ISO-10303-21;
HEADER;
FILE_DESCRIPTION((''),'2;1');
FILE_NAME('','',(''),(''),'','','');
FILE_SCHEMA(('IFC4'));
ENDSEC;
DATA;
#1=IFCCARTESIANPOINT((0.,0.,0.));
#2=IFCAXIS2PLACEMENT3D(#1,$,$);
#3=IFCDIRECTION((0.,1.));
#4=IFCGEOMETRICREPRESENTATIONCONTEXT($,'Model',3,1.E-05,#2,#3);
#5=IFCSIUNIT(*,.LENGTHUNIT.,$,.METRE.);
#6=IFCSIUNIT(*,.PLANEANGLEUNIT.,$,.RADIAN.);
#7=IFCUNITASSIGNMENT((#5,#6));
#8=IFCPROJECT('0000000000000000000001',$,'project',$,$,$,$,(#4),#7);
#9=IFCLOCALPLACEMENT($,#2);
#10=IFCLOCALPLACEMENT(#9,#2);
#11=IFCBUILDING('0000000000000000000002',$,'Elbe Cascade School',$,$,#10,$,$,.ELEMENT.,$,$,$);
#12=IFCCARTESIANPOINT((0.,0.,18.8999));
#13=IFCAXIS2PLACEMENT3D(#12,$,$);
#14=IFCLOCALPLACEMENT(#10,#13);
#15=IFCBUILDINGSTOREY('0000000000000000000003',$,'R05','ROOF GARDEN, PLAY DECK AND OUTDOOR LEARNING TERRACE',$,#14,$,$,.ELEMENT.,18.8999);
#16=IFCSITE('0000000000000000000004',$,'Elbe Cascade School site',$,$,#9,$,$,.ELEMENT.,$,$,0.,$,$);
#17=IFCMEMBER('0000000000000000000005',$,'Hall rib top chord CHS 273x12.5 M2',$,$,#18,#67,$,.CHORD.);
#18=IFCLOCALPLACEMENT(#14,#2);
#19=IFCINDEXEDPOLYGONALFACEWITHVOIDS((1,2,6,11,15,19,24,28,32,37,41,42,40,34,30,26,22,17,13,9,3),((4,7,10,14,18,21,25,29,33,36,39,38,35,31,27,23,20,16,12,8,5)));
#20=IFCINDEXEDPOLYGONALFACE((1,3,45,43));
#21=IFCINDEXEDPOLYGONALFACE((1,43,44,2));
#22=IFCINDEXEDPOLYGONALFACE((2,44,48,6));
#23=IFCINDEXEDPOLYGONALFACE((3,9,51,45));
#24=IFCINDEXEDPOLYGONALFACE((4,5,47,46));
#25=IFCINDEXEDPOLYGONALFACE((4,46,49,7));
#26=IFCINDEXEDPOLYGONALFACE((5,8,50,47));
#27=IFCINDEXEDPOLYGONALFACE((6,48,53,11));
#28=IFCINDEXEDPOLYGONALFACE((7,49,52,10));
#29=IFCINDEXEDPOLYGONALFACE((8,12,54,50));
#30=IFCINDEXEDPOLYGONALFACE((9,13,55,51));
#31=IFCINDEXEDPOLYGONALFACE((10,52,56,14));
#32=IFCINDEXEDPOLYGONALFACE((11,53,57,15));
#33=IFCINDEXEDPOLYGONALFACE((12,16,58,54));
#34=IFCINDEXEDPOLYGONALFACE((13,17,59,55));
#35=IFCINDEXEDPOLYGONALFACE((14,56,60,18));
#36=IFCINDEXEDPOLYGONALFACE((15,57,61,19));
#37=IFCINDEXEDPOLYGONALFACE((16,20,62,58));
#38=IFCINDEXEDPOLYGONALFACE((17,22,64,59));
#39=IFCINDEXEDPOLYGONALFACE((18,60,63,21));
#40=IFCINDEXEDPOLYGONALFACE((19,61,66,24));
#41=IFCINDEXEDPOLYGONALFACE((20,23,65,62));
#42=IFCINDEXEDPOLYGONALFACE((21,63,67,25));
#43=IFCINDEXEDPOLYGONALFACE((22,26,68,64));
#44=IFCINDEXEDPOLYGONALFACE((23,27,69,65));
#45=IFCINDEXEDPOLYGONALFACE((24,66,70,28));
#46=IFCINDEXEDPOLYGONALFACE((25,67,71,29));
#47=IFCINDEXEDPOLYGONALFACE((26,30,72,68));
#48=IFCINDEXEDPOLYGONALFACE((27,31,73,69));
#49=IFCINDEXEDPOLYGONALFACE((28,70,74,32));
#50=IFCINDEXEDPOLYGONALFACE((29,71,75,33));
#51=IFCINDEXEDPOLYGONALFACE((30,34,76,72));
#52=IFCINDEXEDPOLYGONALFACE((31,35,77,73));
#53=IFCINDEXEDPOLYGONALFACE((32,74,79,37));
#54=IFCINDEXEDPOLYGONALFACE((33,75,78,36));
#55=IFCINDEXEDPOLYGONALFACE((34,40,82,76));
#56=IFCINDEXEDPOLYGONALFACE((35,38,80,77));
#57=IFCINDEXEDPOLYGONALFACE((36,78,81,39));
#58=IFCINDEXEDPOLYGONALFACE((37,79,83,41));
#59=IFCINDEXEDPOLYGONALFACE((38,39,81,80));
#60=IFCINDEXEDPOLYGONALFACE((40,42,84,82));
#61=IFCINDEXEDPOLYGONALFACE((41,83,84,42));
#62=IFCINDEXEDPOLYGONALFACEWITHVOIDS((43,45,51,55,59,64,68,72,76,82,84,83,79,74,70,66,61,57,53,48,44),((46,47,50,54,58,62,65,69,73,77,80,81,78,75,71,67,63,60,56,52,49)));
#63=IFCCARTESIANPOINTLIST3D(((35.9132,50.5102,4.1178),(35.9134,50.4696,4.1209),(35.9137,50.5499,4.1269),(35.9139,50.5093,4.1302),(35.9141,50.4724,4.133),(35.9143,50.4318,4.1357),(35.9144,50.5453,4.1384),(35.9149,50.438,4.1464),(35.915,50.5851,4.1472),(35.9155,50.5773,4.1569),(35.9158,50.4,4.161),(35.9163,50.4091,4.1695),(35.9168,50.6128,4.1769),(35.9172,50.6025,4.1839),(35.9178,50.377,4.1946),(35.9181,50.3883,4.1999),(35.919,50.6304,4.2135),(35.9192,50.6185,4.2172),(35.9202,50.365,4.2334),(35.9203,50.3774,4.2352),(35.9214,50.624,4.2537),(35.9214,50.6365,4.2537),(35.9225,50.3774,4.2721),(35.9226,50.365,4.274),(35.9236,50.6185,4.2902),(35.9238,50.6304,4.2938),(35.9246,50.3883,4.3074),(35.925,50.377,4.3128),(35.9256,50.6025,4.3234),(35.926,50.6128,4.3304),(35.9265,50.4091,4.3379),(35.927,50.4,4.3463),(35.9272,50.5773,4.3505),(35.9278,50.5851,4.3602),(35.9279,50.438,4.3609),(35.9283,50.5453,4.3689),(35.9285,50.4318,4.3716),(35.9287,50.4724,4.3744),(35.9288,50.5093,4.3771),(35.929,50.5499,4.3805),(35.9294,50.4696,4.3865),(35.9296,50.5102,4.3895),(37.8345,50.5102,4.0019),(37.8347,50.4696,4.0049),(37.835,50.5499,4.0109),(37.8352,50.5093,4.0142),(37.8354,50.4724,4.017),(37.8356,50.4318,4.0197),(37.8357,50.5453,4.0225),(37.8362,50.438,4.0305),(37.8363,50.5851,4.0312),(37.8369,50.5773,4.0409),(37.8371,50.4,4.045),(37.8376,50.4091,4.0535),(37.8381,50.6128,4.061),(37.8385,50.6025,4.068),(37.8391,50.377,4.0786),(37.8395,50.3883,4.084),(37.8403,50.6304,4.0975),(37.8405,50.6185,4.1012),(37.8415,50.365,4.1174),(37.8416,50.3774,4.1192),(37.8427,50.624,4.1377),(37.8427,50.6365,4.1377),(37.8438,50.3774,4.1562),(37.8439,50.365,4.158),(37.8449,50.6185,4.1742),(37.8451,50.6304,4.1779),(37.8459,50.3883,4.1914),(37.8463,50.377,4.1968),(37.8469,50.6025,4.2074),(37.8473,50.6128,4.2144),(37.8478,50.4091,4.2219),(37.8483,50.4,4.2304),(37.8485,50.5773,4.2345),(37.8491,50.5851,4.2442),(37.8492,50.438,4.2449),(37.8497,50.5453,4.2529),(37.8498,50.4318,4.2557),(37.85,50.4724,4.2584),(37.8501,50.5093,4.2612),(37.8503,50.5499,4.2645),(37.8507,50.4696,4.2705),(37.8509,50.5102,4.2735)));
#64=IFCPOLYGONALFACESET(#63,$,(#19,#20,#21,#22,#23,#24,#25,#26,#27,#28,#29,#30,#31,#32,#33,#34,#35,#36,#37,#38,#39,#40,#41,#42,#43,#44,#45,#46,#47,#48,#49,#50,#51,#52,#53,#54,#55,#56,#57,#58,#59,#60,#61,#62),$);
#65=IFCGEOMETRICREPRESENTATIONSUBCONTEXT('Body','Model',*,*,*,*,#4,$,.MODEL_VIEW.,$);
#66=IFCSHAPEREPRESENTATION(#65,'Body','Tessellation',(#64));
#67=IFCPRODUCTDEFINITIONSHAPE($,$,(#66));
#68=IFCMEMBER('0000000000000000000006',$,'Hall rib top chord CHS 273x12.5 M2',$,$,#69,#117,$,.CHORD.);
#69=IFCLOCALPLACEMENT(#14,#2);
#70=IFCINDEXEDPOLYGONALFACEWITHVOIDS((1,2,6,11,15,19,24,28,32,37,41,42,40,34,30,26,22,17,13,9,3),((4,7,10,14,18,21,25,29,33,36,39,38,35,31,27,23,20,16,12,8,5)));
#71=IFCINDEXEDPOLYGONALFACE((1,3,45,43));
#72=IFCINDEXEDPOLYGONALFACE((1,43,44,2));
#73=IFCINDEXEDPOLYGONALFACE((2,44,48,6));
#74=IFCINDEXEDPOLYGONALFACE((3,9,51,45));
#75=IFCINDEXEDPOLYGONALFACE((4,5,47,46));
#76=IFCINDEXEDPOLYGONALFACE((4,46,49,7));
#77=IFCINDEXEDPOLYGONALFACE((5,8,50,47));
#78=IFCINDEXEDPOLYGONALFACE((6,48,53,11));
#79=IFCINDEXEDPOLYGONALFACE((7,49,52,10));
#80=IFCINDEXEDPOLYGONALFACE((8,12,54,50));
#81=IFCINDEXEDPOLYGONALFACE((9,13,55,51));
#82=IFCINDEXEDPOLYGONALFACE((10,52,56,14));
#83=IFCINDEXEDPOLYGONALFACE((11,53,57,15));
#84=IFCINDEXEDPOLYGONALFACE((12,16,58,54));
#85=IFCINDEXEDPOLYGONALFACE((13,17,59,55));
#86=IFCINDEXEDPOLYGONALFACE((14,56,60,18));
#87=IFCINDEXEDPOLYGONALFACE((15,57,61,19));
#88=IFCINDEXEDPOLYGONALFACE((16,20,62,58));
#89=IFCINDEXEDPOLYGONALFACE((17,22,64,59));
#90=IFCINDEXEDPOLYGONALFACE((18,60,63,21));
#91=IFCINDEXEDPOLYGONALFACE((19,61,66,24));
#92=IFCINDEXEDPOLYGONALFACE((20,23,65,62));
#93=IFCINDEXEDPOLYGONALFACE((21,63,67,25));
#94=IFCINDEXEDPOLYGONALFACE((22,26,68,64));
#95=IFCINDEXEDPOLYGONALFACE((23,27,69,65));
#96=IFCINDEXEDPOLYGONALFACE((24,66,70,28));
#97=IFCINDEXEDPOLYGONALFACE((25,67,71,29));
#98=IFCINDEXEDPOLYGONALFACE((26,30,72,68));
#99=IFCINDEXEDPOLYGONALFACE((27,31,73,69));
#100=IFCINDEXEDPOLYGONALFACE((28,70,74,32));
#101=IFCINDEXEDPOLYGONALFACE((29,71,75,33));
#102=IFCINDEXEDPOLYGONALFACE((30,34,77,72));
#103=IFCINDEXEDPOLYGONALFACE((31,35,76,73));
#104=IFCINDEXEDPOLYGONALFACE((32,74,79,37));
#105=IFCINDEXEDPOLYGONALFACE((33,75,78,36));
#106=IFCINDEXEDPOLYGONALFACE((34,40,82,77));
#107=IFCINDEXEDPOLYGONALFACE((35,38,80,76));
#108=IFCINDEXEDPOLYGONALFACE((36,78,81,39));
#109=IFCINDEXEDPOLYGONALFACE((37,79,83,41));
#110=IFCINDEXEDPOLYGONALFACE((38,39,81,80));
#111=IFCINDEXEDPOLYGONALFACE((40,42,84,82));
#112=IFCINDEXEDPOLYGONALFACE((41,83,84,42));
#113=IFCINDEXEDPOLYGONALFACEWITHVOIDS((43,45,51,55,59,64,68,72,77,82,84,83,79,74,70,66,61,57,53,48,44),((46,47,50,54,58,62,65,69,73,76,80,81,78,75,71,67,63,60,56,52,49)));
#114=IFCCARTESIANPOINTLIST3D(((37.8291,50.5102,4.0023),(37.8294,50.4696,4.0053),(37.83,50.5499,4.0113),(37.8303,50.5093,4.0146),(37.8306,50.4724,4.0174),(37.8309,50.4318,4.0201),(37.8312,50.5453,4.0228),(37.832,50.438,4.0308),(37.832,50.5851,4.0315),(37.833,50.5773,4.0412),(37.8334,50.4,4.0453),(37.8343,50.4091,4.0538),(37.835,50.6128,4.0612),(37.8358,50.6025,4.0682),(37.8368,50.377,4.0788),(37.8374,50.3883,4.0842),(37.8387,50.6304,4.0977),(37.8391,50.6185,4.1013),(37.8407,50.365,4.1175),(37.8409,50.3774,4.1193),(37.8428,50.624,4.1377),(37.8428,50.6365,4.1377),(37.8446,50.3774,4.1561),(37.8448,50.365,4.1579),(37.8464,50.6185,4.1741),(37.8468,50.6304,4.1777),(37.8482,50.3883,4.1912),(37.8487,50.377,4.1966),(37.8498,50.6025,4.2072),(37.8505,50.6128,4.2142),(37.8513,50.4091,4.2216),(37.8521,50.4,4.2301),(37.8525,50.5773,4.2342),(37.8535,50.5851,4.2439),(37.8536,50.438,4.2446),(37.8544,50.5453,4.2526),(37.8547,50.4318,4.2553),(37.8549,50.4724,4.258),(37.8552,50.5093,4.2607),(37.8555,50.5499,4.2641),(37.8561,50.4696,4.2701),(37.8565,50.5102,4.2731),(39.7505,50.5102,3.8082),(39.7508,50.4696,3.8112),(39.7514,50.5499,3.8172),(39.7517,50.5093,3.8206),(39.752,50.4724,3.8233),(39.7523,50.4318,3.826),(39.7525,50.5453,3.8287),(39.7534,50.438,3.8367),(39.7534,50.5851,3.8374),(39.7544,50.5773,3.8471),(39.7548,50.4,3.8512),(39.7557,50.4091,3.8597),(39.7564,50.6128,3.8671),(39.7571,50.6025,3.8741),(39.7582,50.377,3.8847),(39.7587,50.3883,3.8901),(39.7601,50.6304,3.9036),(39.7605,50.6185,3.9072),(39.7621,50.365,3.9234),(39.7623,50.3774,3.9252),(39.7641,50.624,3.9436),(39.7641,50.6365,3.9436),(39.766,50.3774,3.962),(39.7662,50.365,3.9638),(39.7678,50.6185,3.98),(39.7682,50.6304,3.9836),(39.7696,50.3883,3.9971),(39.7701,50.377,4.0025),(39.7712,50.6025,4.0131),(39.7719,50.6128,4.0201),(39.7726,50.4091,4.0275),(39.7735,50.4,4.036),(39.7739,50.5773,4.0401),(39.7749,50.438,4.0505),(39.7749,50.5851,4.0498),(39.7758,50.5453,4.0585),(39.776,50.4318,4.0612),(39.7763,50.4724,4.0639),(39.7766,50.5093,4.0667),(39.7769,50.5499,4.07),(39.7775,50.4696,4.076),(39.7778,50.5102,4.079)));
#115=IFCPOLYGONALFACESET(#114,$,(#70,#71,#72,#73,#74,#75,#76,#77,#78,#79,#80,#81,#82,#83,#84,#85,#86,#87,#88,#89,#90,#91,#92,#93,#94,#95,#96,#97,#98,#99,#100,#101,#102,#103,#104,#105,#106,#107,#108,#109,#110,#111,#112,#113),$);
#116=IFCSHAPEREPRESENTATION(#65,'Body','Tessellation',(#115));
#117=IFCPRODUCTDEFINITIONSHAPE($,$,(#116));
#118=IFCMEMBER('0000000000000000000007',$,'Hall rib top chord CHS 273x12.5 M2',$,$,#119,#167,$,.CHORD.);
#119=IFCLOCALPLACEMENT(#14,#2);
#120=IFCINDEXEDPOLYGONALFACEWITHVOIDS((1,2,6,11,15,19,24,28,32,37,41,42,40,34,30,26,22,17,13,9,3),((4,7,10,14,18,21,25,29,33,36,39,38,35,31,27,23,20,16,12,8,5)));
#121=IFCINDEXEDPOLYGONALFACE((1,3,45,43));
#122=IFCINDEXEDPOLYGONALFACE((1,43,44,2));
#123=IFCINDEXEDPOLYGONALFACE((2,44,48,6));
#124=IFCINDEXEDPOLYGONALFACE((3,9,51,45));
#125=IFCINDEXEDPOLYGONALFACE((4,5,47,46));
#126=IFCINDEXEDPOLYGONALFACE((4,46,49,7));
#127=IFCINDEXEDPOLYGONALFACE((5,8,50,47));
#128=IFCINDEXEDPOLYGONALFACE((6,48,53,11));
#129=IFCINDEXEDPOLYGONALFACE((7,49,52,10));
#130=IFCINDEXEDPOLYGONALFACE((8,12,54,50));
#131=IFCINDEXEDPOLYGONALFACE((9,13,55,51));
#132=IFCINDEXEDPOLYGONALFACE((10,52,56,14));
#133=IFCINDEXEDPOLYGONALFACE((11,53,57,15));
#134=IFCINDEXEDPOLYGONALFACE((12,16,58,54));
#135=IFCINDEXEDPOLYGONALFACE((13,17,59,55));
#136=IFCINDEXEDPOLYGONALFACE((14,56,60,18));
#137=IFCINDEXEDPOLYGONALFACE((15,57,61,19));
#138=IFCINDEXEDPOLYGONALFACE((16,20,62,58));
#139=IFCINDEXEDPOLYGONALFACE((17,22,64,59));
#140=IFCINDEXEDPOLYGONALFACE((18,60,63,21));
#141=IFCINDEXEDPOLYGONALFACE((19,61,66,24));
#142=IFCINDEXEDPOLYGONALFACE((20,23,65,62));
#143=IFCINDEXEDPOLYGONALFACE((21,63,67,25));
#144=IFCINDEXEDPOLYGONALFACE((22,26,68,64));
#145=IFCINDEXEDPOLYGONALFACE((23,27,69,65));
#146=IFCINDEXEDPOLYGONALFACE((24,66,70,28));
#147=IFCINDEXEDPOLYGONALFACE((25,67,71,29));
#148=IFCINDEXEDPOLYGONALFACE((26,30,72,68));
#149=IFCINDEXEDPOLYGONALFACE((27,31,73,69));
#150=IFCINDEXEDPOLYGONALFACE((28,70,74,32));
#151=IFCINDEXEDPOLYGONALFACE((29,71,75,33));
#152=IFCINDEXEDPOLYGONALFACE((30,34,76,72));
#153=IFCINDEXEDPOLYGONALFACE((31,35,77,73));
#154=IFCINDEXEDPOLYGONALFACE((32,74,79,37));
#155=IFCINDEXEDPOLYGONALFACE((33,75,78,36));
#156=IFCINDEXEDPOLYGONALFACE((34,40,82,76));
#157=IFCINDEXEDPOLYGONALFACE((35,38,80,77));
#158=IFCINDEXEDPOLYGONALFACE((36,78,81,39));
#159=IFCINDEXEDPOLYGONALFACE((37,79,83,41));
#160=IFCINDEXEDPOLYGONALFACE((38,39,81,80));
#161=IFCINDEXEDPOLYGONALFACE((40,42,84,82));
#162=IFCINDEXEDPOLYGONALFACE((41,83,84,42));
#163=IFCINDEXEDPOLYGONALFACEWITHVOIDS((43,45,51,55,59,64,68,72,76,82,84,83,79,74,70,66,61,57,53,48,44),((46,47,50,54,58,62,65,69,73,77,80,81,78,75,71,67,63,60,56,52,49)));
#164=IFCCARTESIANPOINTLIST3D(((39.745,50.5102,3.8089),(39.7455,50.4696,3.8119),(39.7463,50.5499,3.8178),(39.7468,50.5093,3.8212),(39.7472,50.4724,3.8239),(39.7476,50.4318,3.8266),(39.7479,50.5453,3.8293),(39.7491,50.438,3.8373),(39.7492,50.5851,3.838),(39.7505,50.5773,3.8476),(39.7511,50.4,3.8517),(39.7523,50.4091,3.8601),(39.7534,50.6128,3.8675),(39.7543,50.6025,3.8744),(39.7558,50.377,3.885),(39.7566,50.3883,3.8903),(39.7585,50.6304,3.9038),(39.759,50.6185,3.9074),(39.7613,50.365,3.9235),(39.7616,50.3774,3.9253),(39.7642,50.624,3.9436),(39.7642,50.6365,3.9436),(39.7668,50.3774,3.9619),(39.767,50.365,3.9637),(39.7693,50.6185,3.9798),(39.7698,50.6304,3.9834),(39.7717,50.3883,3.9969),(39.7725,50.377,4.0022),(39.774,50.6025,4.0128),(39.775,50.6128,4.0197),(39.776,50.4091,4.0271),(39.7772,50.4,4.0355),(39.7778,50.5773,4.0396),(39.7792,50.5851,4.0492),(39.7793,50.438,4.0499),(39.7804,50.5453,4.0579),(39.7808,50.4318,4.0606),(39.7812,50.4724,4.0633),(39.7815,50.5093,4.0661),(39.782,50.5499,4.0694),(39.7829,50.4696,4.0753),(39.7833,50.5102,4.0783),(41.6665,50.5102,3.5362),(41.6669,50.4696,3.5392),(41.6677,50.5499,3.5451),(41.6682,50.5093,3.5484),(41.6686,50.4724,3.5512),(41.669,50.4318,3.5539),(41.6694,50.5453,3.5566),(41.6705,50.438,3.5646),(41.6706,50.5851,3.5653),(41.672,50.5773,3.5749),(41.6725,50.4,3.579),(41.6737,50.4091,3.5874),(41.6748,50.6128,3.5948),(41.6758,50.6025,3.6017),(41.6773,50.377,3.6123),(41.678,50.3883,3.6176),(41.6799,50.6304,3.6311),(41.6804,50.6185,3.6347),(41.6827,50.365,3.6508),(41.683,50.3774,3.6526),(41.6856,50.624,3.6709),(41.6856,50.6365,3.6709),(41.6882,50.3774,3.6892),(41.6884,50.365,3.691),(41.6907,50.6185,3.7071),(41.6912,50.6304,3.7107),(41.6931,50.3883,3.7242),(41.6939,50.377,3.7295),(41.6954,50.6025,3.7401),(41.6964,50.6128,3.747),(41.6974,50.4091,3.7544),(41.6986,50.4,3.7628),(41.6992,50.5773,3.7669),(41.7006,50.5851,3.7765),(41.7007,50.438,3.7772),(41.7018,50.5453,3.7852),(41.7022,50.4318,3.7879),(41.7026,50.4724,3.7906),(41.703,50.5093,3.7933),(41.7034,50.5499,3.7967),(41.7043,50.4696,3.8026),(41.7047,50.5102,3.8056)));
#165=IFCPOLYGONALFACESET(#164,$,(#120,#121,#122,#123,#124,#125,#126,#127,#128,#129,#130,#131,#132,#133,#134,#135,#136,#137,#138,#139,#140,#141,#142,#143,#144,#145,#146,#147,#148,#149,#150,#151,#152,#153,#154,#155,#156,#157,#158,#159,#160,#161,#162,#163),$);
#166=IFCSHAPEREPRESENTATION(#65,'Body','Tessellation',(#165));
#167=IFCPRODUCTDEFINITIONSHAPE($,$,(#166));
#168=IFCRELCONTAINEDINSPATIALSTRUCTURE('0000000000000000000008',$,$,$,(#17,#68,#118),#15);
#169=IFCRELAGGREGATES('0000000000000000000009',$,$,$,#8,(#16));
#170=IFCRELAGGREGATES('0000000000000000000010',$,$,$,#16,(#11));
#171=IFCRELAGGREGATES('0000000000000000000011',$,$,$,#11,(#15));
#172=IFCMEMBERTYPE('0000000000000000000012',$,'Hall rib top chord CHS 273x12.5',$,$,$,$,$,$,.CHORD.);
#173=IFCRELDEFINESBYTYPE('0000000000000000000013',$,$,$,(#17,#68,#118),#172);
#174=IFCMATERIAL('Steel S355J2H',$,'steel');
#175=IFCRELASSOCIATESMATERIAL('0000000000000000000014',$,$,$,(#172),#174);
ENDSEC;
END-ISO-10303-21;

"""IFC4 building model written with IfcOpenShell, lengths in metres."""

from ifc_helpers import new_model, si_unit, direction, frame, origin, origin_2d, place, context, subcontext, project, spatial, hollow_circle, extrude, material, material_profile, profile_set, type_object, element, save


model = new_model("IFC4")

# Units and contexts
model_context = context("Model", 3, precision=1e-05, world=origin(), true_north=direction((0.0, 1.0)))
body_context = subcontext(model_context, "Body", "Model", "MODEL_VIEW")
ifc_project = project(units=[si_unit("LENGTHUNIT", "METRE"), si_unit("PLANEANGLEUNIT", "RADIAN")], contexts=[model_context])

# Site, building, storey
site_placement = place(None, origin())
site = spatial("IfcSite", under=ifc_project, at=site_placement, Name="Elbe Cascade School site", CompositionType="ELEMENT", RefElevation=0.0)
building_placement = place(site_placement, origin())
building = spatial("IfcBuilding", under=site, at=building_placement, Name="Elbe Cascade School", CompositionType="ELEMENT")
storey_placement = place(building_placement, frame((0.0, 0.0, 18.8999)))
storey = spatial("IfcBuildingStorey", under=building, at=storey_placement, Name="R05", Description="ROOF GARDEN, PLAY DECK AND OUTDOOR LEARNING TERRACE", CompositionType="ELEMENT", Elevation=18.8999)

# Members
ifc_material_1 = material(Name="Steel S355J2H", Category="steel")
ifc_material_profile_1 = material_profile(ifc_material_1, hollow_circle(Radius=0.1365, WallThickness=0.0125, at=origin_2d()), Name="CHS 273x12.5")
ifc_profile_set_1 = profile_set([ifc_material_profile_1], Name="Steel S355J2H")
member_type_1 = type_object("IfcMemberType", Name="Hall rib top chord CHS 273x12.5", PredefinedType="CHORD", material=ifc_profile_set_1)
member_1_placement = place(storey_placement, frame((35.9214, 50.5, 4.2537), z_axis=(0.998184, 0.0, -0.060246), x_axis=(0.0, 1.0, 0.0)))
element("IfcMember", 1, at=member_1_placement, inside=storey, type_object=member_type_1, Name="Hall rib top chord CHS 273x12.5 M2", PredefinedType="CHORD", context=body_context, shape_type="SweptSolid", body=[
    extrude(hollow_circle(Radius=0.1365, WallThickness=0.0125, at=origin_2d()), origin(), (0.0, 0.0, 1.0), 1.9248),
])
member_2_placement = place(storey_placement, frame((37.8428, 50.5, 4.1377), z_axis=(0.994937, 0.0, -0.100505), x_axis=(0.0, 1.0, 0.0)))
element("IfcMember", 2, at=member_2_placement, inside=storey, type_object=member_type_1, Name="Hall rib top chord CHS 273x12.5 M2", PredefinedType="CHORD", context=body_context, shape_type="SweptSolid", body=[
    extrude(hollow_circle(Radius=0.1365, WallThickness=0.0125, at=origin_2d()), origin(), (0.0, 0.0, 1.0), 1.9312),
])
member_3_placement = place(storey_placement, frame((39.7642, 50.5, 3.9436), z_axis=(0.990077, 0.0, -0.140523), x_axis=(0.0, 1.0, 0.0)))
element("IfcMember", 3, at=member_3_placement, inside=storey, type_object=member_type_1, Name="Hall rib top chord CHS 273x12.5 M2", PredefinedType="CHORD", context=body_context, shape_type="SweptSolid", body=[
    extrude(hollow_circle(Radius=0.1365, WallThickness=0.0125, at=origin_2d()), origin(), (0.0, 0.0, 1.0), 1.9407),
])

save(model, "model.ifc")
